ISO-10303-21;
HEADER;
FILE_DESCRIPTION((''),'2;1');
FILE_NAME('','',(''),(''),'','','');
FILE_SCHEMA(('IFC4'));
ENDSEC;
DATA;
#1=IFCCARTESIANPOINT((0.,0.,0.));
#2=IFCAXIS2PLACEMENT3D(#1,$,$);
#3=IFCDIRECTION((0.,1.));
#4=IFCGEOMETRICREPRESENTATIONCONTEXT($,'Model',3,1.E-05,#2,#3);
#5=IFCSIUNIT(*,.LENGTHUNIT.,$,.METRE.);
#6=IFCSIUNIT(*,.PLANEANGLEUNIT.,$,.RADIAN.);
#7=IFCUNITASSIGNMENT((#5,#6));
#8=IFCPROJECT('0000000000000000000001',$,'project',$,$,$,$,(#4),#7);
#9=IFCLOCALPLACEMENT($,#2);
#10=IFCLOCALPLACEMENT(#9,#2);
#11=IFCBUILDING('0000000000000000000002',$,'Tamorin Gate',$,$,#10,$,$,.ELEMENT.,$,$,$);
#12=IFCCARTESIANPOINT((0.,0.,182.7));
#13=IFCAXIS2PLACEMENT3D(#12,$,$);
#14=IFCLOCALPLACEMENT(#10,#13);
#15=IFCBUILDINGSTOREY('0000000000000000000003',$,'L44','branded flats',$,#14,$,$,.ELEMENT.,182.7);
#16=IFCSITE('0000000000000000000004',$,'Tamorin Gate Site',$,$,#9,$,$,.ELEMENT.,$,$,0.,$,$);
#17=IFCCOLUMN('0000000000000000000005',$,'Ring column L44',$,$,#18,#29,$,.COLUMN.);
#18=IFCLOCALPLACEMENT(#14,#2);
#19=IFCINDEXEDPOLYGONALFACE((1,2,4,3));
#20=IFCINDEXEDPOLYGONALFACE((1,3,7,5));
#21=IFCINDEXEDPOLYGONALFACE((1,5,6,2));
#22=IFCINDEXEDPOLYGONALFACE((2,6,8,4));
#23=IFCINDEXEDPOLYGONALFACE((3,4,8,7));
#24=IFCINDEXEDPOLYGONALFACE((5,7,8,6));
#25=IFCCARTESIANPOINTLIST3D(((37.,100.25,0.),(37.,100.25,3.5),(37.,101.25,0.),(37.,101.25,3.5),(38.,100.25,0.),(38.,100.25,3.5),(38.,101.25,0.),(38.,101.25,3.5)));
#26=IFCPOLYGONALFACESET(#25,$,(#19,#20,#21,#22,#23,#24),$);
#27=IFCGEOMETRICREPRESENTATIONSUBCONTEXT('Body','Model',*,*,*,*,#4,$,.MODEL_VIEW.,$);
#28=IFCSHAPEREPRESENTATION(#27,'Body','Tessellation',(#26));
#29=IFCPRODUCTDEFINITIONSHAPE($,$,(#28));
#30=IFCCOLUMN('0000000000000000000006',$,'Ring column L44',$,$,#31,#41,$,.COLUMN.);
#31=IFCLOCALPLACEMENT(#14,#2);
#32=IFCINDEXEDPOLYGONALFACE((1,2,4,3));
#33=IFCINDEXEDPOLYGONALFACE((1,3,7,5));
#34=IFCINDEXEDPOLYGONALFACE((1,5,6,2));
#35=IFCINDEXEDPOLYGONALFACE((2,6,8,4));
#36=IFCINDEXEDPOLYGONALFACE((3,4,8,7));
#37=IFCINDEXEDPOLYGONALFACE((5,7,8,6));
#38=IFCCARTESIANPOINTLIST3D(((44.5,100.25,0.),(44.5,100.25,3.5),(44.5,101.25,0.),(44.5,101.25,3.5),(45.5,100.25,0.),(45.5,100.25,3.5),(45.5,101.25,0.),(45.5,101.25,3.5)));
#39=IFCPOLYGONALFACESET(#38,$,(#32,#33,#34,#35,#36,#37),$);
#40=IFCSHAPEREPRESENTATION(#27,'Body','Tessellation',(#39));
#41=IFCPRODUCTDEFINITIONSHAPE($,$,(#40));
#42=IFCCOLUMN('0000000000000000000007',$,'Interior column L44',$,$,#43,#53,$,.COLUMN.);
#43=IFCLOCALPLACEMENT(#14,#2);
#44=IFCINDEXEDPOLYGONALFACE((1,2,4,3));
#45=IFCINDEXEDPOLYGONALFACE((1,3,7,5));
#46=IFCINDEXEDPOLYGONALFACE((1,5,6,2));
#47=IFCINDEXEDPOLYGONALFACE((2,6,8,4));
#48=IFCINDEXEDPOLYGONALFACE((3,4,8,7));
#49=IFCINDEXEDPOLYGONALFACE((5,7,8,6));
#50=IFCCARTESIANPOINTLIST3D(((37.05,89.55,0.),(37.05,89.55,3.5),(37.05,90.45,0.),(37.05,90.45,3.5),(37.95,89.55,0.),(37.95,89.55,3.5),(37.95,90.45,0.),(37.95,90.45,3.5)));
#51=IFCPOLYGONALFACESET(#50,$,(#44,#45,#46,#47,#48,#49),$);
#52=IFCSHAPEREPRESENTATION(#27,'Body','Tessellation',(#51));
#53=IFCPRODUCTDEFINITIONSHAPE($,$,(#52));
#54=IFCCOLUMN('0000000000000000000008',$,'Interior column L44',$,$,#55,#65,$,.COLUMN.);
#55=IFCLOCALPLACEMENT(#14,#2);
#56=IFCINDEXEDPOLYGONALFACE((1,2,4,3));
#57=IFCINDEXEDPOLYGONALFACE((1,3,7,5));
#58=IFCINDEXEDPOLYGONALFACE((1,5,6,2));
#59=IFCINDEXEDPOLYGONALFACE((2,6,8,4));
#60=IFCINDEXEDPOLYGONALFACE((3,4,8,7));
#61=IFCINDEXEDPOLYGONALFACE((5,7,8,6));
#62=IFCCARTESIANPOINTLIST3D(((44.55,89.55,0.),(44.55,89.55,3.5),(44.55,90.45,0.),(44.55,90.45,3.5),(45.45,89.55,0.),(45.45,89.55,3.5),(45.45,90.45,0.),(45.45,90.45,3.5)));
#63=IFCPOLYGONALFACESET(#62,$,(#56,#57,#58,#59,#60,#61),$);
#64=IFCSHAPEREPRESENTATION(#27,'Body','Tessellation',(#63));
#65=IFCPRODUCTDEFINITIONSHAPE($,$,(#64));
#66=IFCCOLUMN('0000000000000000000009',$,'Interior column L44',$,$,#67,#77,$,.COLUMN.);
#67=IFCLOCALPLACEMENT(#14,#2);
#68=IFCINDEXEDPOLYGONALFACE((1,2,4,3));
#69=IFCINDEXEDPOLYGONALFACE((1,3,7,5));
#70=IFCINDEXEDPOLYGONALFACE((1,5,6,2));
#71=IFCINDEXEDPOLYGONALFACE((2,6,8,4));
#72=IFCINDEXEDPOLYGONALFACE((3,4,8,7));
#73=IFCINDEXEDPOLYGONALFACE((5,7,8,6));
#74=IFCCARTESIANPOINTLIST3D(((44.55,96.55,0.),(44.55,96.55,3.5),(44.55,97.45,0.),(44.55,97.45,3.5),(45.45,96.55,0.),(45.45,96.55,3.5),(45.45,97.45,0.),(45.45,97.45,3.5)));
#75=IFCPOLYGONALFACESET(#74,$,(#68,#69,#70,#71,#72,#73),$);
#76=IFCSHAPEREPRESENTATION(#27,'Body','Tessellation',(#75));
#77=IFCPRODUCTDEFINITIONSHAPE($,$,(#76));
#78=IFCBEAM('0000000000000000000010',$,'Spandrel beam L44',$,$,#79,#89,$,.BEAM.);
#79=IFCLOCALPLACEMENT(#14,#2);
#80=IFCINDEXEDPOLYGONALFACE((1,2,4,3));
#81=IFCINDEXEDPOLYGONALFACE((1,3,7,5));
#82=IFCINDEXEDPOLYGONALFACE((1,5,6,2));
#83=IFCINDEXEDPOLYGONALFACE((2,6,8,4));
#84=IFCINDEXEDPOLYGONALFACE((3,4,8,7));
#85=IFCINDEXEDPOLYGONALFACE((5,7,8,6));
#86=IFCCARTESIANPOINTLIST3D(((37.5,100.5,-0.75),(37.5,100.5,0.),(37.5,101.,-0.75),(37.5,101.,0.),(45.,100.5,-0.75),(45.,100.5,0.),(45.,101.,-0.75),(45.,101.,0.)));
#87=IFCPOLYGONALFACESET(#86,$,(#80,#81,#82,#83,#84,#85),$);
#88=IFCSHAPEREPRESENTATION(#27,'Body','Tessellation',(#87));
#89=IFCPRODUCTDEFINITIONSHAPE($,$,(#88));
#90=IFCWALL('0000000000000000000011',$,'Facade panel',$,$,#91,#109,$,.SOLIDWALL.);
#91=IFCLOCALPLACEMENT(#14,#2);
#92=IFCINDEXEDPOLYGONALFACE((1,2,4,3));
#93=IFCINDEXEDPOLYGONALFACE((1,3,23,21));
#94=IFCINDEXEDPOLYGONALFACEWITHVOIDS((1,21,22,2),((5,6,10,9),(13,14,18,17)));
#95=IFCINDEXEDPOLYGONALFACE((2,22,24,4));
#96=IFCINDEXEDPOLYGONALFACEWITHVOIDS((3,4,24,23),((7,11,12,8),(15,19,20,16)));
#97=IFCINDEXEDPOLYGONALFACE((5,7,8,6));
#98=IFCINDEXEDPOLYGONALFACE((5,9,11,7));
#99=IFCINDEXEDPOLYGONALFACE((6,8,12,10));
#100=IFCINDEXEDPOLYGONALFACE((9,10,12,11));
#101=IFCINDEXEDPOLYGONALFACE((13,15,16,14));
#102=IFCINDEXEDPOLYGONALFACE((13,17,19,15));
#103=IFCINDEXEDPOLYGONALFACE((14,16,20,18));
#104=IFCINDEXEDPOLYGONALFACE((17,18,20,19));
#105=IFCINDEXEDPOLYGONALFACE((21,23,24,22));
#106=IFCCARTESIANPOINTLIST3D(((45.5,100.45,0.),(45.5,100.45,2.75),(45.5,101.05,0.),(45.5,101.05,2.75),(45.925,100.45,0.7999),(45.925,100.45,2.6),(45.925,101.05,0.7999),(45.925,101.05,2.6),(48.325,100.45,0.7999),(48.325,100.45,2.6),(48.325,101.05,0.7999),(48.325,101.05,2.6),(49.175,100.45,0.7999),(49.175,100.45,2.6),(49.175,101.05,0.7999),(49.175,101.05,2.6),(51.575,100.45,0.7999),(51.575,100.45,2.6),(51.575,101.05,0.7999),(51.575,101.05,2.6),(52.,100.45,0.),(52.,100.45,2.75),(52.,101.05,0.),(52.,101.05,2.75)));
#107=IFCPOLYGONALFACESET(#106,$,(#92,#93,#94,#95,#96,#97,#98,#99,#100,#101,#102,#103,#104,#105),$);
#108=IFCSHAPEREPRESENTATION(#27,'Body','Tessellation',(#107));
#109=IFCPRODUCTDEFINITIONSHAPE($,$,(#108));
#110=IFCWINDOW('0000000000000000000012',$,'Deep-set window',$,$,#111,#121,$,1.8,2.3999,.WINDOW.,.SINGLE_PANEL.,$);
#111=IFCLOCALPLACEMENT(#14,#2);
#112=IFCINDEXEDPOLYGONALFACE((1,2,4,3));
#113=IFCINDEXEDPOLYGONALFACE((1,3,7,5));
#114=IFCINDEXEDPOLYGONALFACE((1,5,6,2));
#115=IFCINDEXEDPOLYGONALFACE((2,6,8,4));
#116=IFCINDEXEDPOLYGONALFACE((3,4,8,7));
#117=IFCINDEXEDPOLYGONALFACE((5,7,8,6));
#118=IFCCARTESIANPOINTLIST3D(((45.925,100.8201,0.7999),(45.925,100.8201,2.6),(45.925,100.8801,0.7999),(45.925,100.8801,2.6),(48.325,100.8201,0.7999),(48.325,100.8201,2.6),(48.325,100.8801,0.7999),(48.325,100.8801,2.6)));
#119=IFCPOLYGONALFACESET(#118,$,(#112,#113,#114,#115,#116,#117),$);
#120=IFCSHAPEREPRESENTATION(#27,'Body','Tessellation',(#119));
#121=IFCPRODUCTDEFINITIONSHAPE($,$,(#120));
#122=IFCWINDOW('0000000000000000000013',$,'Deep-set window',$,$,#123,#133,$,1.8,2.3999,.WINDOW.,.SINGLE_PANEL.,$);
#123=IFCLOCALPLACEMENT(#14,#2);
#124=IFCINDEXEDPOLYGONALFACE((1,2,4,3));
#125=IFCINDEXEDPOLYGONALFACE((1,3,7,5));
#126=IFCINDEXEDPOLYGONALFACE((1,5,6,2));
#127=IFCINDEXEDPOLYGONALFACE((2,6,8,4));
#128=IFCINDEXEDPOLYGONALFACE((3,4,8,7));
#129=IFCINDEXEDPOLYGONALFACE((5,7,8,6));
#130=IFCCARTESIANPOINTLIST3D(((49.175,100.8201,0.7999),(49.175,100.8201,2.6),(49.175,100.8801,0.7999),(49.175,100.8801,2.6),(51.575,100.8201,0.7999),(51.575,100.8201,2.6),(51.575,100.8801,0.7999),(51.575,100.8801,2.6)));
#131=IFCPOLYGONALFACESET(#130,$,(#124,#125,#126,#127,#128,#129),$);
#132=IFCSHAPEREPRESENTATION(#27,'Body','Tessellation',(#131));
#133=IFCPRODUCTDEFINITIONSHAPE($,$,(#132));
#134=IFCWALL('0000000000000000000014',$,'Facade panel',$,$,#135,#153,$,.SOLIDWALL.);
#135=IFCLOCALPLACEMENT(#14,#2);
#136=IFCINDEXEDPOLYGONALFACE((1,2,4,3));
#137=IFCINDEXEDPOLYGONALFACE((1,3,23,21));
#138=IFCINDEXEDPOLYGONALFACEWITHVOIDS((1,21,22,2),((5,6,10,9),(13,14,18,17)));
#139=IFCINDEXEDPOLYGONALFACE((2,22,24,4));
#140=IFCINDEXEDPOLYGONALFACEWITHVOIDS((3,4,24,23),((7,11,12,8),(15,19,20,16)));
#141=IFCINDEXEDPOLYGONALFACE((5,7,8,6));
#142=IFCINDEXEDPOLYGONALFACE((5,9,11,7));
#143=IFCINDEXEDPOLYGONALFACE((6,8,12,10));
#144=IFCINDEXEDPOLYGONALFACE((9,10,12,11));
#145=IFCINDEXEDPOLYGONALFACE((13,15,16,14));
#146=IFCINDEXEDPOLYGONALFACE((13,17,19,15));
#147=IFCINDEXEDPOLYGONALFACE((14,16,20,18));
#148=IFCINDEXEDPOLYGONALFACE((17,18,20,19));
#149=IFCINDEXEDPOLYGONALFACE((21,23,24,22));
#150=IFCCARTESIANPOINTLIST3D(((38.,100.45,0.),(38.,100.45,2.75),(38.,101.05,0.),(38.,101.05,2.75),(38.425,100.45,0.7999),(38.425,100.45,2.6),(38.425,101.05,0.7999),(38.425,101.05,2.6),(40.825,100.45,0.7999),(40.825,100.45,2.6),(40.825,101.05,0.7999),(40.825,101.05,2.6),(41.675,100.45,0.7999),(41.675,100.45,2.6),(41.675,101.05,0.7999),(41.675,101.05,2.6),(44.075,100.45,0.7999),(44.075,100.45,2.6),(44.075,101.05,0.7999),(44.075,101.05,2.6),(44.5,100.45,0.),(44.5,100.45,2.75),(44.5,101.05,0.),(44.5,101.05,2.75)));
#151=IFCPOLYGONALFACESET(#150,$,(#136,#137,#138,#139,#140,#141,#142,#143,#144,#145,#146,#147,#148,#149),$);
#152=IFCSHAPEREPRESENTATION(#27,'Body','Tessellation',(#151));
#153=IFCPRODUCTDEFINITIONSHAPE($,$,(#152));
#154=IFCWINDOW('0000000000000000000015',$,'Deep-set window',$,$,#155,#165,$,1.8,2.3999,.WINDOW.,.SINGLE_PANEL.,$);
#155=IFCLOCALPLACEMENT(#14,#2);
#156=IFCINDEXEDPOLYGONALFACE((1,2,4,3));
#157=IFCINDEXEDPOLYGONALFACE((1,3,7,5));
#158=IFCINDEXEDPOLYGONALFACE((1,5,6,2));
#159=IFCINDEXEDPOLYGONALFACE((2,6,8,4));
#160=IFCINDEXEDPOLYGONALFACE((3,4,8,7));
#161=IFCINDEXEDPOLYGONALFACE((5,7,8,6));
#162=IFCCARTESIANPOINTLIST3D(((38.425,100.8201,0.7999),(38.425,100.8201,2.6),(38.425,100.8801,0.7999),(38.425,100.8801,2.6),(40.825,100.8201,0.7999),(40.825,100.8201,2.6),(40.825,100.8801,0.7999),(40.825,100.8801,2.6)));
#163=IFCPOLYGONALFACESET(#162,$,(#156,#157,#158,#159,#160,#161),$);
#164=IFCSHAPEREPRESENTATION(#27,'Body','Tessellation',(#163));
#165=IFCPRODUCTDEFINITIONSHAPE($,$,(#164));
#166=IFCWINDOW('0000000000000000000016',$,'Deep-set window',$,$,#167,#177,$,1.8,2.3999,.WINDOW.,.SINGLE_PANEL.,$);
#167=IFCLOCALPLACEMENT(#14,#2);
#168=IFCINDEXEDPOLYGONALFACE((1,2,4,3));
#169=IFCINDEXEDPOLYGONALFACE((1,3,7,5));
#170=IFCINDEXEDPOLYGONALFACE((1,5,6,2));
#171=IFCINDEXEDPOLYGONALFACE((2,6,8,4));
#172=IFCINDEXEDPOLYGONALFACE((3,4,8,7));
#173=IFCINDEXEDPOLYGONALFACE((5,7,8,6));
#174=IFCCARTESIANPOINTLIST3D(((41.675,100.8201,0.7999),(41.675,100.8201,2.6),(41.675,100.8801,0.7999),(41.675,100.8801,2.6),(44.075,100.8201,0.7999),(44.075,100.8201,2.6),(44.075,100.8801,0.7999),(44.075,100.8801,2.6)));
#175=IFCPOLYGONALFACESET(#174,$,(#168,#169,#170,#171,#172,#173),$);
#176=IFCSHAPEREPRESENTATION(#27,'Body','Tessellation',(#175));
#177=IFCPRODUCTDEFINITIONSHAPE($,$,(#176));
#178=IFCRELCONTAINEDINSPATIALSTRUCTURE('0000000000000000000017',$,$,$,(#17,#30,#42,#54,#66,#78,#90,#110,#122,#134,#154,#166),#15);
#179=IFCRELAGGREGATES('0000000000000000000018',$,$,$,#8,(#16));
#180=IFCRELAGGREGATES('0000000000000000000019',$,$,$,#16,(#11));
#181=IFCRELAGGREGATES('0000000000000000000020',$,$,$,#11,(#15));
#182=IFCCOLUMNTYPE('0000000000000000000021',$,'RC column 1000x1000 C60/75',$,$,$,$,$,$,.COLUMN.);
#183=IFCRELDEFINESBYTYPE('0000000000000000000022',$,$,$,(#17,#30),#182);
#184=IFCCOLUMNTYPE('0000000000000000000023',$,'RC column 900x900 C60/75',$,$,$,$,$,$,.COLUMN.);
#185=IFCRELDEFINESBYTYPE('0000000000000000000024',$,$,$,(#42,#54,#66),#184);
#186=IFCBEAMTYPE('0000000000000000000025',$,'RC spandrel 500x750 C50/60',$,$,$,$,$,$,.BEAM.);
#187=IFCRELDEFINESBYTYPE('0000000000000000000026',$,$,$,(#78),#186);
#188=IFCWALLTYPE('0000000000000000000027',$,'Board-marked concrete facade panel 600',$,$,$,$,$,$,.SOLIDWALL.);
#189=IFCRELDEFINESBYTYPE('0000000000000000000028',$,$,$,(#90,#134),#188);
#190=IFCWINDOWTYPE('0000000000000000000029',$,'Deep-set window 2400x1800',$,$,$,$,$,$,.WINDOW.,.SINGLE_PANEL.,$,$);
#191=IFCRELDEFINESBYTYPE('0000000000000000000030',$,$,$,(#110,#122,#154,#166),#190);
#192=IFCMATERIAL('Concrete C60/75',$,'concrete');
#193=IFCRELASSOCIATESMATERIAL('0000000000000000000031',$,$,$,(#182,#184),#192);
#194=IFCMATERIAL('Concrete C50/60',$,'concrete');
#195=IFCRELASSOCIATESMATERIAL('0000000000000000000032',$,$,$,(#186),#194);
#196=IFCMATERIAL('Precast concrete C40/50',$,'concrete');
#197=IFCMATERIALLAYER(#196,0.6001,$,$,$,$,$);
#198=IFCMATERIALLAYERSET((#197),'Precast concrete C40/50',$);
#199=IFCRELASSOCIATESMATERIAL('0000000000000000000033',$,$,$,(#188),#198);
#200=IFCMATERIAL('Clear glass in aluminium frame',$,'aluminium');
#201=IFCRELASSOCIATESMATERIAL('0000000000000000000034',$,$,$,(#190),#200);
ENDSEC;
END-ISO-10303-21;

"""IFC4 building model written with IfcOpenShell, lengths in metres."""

from ifc_helpers import new_model, si_unit, direction, frame, frame_2d, origin, origin_2d, place, context, subcontext, project, spatial, rectangle, extrude, material, layer, layer_set, material_profile, profile_set, type_object, element, fill, save


model = new_model("IFC4")

# Units and contexts
model_context = context("Model", 3, precision=1e-05, world=origin(), true_north=direction((0.0, 1.0)))
body_context = subcontext(model_context, "Body", "Model", "MODEL_VIEW")
ifc_project = project(units=[si_unit("LENGTHUNIT", "METRE"), si_unit("PLANEANGLEUNIT", "RADIAN")], contexts=[model_context])

# Site, building, storey
site_placement = place(None, origin())
site = spatial("IfcSite", under=ifc_project, at=site_placement, Name="Tamorin Gate Site", CompositionType="ELEMENT", RefElevation=0.0)
building_placement = place(site_placement, origin())
building = spatial("IfcBuilding", under=site, at=building_placement, Name="Tamorin Gate", CompositionType="ELEMENT")
storey_placement = place(building_placement, frame((0.0, 0.0, 182.7)))
storey = spatial("IfcBuildingStorey", under=building, at=storey_placement, Name="L44", Description="branded flats", CompositionType="ELEMENT", Elevation=182.7)

# Columns
ifc_material_1 = material(Name="Concrete C60/75", Category="concrete")
ifc_material_profile_1 = material_profile(ifc_material_1, rectangle(XDim=1.0, YDim=1.0, at=origin_2d()), Name="RC 1000x1000")
ifc_profile_set_1 = profile_set([ifc_material_profile_1], Name="Concrete C60/75")
column_type_1 = type_object("IfcColumnType", Name="RC column 1000x1000 C60/75", PredefinedType="COLUMN", material=ifc_profile_set_1)
for number, where, z_axis, x_axis, name in (
    (1, (37.5, 100.75, 0.0), (0.0, 0.0, 1.0), (1.0, 0.0, 0.0), "Ring column L44"),
    (2, (45.0, 100.75, 0.0), (0.0, 0.0, 1.0), (1.0, 0.0, 0.0), "Ring column L44"),
):
    element("IfcColumn", number, at=place(storey_placement, frame(where, z_axis=z_axis, x_axis=x_axis)), inside=storey, type_object=column_type_1, Name=name, PredefinedType="COLUMN", context=body_context, shape_type="SweptSolid", body=[
        extrude(rectangle(XDim=1.0, YDim=1.0, at=origin_2d()), origin(), (0.0, 0.0, 1.0), 3.5),
    ])
ifc_material_profile_2 = material_profile(ifc_material_1, rectangle(XDim=0.8999, YDim=0.8999, at=origin_2d()), Name="RC 900x900")
ifc_profile_set_2 = profile_set([ifc_material_profile_2], Name="Concrete C60/75")
column_type_2 = type_object("IfcColumnType", Name="RC column 900x900 C60/75", PredefinedType="COLUMN", material=ifc_profile_set_2)
for number, where, z_axis, x_axis, name in (
    (3, (37.5, 90.0, 0.0), (0.0, 0.0, 1.0), (1.0, 0.0, 0.0), "Interior column L44"),
    (4, (45.0, 90.0, 0.0), (0.0, 0.0, 1.0), (1.0, 0.0, 0.0), "Interior column L44"),
    (5, (45.0, 97.0, 0.0), (0.0, 0.0, 1.0), (1.0, 0.0, 0.0), "Interior column L44"),
):
    element("IfcColumn", number, at=place(storey_placement, frame(where, z_axis=z_axis, x_axis=x_axis)), inside=storey, type_object=column_type_2, Name=name, PredefinedType="COLUMN", context=body_context, shape_type="SweptSolid", body=[
        extrude(rectangle(XDim=0.8999, YDim=0.8999, at=origin_2d()), origin(), (0.0, 0.0, 1.0), 3.5),
    ])

# Beam
ifc_material_2 = material(Name="Concrete C50/60", Category="concrete")
ifc_material_profile_3 = material_profile(ifc_material_2, rectangle(XDim=0.5, YDim=0.75, at=origin_2d()), Name="RC 500x750")
ifc_profile_set_3 = profile_set([ifc_material_profile_3], Name="Concrete C50/60")
beam_type = type_object("IfcBeamType", Name="RC spandrel 500x750 C50/60", PredefinedType="BEAM", material=ifc_profile_set_3)
beam_placement = place(storey_placement, frame((45.0, 100.75, -0.375), z_axis=(-1.0, 0.0, 0.0), x_axis=(0.0, -1.0, 0.0)))
element("IfcBeam", 6, at=beam_placement, inside=storey, type_object=beam_type, Name="Spandrel beam L44", PredefinedType="BEAM", context=body_context, shape_type="SweptSolid", body=[
    extrude(rectangle(XDim=0.5, YDim=0.75, at=origin_2d()), origin(), (0.0, 0.0, 1.0), 7.5),
])

# Walls, openings, windows
ifc_material_3 = material(Name="Precast concrete C40/50", Category="concrete")
ifc_layer_1 = layer(ifc_material_3, 0.6001)
ifc_layer_set_1 = layer_set([ifc_layer_1], Name="Precast concrete C40/50")
wall_type_1 = type_object("IfcWallType", Name="Board-marked concrete facade panel 600", PredefinedType="SOLIDWALL", material=ifc_layer_set_1)
wall_1_placement = place(storey_placement, frame((52.0, 100.75, 0.0), z_axis=(0.0, 0.0, 1.0), x_axis=(-1.0, 0.0, 0.0)))
wall_1 = element("IfcWall", 7, at=wall_1_placement, inside=storey, type_object=wall_type_1, Name="Facade panel", PredefinedType="SOLIDWALL", context=body_context, shape_type="SweptSolid", body=[
    extrude(rectangle(XDim=6.5, YDim=0.6001, at=frame_2d((3.25, 0.0))), origin(), (0.0, 0.0, 1.0), 2.75),
])
opening_1_placement = place(wall_1_placement, frame((3.675, 0.0, 0.8)))
opening_1 = element("IfcOpeningElement", 8, at=opening_1_placement, cuts=wall_1, PredefinedType="OPENING", context=body_context, shape_type="SweptSolid", body=[
    extrude(rectangle(XDim=2.3999, YDim=1.8, at=frame_2d((1.2, 0.8999))), frame((0.0, 0.3101, 0.0), z_axis=(0.0, -1.0, 0.0), x_axis=(1.0, 0.0, 0.0)), (0.0, 0.0, 1.0), 0.6201),
])
opening_2_placement = place(wall_1_placement, frame((0.425, 0.0, 0.8)))
opening_2 = element("IfcOpeningElement", 9, at=opening_2_placement, cuts=wall_1, PredefinedType="OPENING", context=body_context, shape_type="SweptSolid", body=[
    extrude(rectangle(XDim=2.3999, YDim=1.8, at=frame_2d((1.2, 0.8999))), frame((0.0, 0.3101, 0.0), z_axis=(0.0, -1.0, 0.0), x_axis=(1.0, 0.0, 0.0)), (0.0, 0.0, 1.0), 0.6201),
])
ifc_material_4 = material(Name="Clear glass in aluminium frame", Category="aluminium")
window_type = type_object("IfcWindowType", Name="Deep-set window 2400x1800", PartitioningType="SINGLE_PANEL", PredefinedType="WINDOW", material=ifc_material_4)
window_1_placement = place(opening_1_placement, origin())
window_1 = element("IfcWindow", 10, at=window_1_placement, inside=storey, type_object=window_type, Name="Deep-set window", OverallHeight=1.8, OverallWidth=2.3999, PartitioningType="SINGLE_PANEL", PredefinedType="WINDOW", context=body_context, shape_type="SweptSolid", body=[
    extrude(rectangle(XDim=2.3999, YDim=1.8, at=frame_2d((1.2, 0.8999))), frame((0.0, -0.0701, 0.0), z_axis=(0.0, -1.0, 0.0), x_axis=(1.0, 0.0, 0.0)), (0.0, 0.0, 1.0), 0.0601),
])
fill(opening_1, window_1)
window_2_placement = place(opening_2_placement, origin())
window_2 = element("IfcWindow", 11, at=window_2_placement, inside=storey, type_object=window_type, Name="Deep-set window", OverallHeight=1.8, OverallWidth=2.3999, PartitioningType="SINGLE_PANEL", PredefinedType="WINDOW", context=body_context, shape_type="SweptSolid", body=[
    extrude(rectangle(XDim=2.3999, YDim=1.8, at=frame_2d((1.2, 0.8999))), frame((0.0, -0.0701, 0.0), z_axis=(0.0, -1.0, 0.0), x_axis=(1.0, 0.0, 0.0)), (0.0, 0.0, 1.0), 0.0601),
])
fill(opening_2, window_2)
wall_2_placement = place(storey_placement, frame((44.5, 100.75, 0.0), z_axis=(0.0, 0.0, 1.0), x_axis=(-1.0, 0.0, 0.0)))
wall_2 = element("IfcWall", 12, at=wall_2_placement, inside=storey, type_object=wall_type_1, Name="Facade panel", PredefinedType="SOLIDWALL", context=body_context, shape_type="SweptSolid", body=[
    extrude(rectangle(XDim=6.5, YDim=0.6001, at=frame_2d((3.25, 0.0))), origin(), (0.0, 0.0, 1.0), 2.75),
])
opening_3_placement = place(wall_2_placement, frame((3.675, 0.0, 0.8)))
opening_3 = element("IfcOpeningElement", 13, at=opening_3_placement, cuts=wall_2, PredefinedType="OPENING", context=body_context, shape_type="SweptSolid", body=[
    extrude(rectangle(XDim=2.3999, YDim=1.8, at=frame_2d((1.2, 0.8999))), frame((0.0, 0.3101, 0.0), z_axis=(0.0, -1.0, 0.0), x_axis=(1.0, 0.0, 0.0)), (0.0, 0.0, 1.0), 0.6201),
])
opening_4_placement = place(wall_2_placement, frame((0.425, 0.0, 0.8)))
opening_4 = element("IfcOpeningElement", 14, at=opening_4_placement, cuts=wall_2, PredefinedType="OPENING", context=body_context, shape_type="SweptSolid", body=[
    extrude(rectangle(XDim=2.3999, YDim=1.8, at=frame_2d((1.2, 0.8999))), frame((0.0, 0.3101, 0.0), z_axis=(0.0, -1.0, 0.0), x_axis=(1.0, 0.0, 0.0)), (0.0, 0.0, 1.0), 0.6201),
])
window_3_placement = place(opening_3_placement, origin())
window_3 = element("IfcWindow", 15, at=window_3_placement, inside=storey, type_object=window_type, Name="Deep-set window", OverallHeight=1.8, OverallWidth=2.3999, PartitioningType="SINGLE_PANEL", PredefinedType="WINDOW", context=body_context, shape_type="SweptSolid", body=[
    extrude(rectangle(XDim=2.3999, YDim=1.8, at=frame_2d((1.2, 0.8999))), frame((0.0, -0.0701, 0.0), z_axis=(0.0, -1.0, 0.0), x_axis=(1.0, 0.0, 0.0)), (0.0, 0.0, 1.0), 0.0601),
])
fill(opening_3, window_3)
window_4_placement = place(opening_4_placement, origin())
window_4 = element("IfcWindow", 16, at=window_4_placement, inside=storey, type_object=window_type, Name="Deep-set window", OverallHeight=1.8, OverallWidth=2.3999, PartitioningType="SINGLE_PANEL", PredefinedType="WINDOW", context=body_context, shape_type="SweptSolid", body=[
    extrude(rectangle(XDim=2.3999, YDim=1.8, at=frame_2d((1.2, 0.8999))), frame((0.0, -0.0701, 0.0), z_axis=(0.0, -1.0, 0.0), x_axis=(1.0, 0.0, 0.0)), (0.0, 0.0, 1.0), 0.0601),
])
fill(opening_4, window_4)

save(model, "model.ifc")
